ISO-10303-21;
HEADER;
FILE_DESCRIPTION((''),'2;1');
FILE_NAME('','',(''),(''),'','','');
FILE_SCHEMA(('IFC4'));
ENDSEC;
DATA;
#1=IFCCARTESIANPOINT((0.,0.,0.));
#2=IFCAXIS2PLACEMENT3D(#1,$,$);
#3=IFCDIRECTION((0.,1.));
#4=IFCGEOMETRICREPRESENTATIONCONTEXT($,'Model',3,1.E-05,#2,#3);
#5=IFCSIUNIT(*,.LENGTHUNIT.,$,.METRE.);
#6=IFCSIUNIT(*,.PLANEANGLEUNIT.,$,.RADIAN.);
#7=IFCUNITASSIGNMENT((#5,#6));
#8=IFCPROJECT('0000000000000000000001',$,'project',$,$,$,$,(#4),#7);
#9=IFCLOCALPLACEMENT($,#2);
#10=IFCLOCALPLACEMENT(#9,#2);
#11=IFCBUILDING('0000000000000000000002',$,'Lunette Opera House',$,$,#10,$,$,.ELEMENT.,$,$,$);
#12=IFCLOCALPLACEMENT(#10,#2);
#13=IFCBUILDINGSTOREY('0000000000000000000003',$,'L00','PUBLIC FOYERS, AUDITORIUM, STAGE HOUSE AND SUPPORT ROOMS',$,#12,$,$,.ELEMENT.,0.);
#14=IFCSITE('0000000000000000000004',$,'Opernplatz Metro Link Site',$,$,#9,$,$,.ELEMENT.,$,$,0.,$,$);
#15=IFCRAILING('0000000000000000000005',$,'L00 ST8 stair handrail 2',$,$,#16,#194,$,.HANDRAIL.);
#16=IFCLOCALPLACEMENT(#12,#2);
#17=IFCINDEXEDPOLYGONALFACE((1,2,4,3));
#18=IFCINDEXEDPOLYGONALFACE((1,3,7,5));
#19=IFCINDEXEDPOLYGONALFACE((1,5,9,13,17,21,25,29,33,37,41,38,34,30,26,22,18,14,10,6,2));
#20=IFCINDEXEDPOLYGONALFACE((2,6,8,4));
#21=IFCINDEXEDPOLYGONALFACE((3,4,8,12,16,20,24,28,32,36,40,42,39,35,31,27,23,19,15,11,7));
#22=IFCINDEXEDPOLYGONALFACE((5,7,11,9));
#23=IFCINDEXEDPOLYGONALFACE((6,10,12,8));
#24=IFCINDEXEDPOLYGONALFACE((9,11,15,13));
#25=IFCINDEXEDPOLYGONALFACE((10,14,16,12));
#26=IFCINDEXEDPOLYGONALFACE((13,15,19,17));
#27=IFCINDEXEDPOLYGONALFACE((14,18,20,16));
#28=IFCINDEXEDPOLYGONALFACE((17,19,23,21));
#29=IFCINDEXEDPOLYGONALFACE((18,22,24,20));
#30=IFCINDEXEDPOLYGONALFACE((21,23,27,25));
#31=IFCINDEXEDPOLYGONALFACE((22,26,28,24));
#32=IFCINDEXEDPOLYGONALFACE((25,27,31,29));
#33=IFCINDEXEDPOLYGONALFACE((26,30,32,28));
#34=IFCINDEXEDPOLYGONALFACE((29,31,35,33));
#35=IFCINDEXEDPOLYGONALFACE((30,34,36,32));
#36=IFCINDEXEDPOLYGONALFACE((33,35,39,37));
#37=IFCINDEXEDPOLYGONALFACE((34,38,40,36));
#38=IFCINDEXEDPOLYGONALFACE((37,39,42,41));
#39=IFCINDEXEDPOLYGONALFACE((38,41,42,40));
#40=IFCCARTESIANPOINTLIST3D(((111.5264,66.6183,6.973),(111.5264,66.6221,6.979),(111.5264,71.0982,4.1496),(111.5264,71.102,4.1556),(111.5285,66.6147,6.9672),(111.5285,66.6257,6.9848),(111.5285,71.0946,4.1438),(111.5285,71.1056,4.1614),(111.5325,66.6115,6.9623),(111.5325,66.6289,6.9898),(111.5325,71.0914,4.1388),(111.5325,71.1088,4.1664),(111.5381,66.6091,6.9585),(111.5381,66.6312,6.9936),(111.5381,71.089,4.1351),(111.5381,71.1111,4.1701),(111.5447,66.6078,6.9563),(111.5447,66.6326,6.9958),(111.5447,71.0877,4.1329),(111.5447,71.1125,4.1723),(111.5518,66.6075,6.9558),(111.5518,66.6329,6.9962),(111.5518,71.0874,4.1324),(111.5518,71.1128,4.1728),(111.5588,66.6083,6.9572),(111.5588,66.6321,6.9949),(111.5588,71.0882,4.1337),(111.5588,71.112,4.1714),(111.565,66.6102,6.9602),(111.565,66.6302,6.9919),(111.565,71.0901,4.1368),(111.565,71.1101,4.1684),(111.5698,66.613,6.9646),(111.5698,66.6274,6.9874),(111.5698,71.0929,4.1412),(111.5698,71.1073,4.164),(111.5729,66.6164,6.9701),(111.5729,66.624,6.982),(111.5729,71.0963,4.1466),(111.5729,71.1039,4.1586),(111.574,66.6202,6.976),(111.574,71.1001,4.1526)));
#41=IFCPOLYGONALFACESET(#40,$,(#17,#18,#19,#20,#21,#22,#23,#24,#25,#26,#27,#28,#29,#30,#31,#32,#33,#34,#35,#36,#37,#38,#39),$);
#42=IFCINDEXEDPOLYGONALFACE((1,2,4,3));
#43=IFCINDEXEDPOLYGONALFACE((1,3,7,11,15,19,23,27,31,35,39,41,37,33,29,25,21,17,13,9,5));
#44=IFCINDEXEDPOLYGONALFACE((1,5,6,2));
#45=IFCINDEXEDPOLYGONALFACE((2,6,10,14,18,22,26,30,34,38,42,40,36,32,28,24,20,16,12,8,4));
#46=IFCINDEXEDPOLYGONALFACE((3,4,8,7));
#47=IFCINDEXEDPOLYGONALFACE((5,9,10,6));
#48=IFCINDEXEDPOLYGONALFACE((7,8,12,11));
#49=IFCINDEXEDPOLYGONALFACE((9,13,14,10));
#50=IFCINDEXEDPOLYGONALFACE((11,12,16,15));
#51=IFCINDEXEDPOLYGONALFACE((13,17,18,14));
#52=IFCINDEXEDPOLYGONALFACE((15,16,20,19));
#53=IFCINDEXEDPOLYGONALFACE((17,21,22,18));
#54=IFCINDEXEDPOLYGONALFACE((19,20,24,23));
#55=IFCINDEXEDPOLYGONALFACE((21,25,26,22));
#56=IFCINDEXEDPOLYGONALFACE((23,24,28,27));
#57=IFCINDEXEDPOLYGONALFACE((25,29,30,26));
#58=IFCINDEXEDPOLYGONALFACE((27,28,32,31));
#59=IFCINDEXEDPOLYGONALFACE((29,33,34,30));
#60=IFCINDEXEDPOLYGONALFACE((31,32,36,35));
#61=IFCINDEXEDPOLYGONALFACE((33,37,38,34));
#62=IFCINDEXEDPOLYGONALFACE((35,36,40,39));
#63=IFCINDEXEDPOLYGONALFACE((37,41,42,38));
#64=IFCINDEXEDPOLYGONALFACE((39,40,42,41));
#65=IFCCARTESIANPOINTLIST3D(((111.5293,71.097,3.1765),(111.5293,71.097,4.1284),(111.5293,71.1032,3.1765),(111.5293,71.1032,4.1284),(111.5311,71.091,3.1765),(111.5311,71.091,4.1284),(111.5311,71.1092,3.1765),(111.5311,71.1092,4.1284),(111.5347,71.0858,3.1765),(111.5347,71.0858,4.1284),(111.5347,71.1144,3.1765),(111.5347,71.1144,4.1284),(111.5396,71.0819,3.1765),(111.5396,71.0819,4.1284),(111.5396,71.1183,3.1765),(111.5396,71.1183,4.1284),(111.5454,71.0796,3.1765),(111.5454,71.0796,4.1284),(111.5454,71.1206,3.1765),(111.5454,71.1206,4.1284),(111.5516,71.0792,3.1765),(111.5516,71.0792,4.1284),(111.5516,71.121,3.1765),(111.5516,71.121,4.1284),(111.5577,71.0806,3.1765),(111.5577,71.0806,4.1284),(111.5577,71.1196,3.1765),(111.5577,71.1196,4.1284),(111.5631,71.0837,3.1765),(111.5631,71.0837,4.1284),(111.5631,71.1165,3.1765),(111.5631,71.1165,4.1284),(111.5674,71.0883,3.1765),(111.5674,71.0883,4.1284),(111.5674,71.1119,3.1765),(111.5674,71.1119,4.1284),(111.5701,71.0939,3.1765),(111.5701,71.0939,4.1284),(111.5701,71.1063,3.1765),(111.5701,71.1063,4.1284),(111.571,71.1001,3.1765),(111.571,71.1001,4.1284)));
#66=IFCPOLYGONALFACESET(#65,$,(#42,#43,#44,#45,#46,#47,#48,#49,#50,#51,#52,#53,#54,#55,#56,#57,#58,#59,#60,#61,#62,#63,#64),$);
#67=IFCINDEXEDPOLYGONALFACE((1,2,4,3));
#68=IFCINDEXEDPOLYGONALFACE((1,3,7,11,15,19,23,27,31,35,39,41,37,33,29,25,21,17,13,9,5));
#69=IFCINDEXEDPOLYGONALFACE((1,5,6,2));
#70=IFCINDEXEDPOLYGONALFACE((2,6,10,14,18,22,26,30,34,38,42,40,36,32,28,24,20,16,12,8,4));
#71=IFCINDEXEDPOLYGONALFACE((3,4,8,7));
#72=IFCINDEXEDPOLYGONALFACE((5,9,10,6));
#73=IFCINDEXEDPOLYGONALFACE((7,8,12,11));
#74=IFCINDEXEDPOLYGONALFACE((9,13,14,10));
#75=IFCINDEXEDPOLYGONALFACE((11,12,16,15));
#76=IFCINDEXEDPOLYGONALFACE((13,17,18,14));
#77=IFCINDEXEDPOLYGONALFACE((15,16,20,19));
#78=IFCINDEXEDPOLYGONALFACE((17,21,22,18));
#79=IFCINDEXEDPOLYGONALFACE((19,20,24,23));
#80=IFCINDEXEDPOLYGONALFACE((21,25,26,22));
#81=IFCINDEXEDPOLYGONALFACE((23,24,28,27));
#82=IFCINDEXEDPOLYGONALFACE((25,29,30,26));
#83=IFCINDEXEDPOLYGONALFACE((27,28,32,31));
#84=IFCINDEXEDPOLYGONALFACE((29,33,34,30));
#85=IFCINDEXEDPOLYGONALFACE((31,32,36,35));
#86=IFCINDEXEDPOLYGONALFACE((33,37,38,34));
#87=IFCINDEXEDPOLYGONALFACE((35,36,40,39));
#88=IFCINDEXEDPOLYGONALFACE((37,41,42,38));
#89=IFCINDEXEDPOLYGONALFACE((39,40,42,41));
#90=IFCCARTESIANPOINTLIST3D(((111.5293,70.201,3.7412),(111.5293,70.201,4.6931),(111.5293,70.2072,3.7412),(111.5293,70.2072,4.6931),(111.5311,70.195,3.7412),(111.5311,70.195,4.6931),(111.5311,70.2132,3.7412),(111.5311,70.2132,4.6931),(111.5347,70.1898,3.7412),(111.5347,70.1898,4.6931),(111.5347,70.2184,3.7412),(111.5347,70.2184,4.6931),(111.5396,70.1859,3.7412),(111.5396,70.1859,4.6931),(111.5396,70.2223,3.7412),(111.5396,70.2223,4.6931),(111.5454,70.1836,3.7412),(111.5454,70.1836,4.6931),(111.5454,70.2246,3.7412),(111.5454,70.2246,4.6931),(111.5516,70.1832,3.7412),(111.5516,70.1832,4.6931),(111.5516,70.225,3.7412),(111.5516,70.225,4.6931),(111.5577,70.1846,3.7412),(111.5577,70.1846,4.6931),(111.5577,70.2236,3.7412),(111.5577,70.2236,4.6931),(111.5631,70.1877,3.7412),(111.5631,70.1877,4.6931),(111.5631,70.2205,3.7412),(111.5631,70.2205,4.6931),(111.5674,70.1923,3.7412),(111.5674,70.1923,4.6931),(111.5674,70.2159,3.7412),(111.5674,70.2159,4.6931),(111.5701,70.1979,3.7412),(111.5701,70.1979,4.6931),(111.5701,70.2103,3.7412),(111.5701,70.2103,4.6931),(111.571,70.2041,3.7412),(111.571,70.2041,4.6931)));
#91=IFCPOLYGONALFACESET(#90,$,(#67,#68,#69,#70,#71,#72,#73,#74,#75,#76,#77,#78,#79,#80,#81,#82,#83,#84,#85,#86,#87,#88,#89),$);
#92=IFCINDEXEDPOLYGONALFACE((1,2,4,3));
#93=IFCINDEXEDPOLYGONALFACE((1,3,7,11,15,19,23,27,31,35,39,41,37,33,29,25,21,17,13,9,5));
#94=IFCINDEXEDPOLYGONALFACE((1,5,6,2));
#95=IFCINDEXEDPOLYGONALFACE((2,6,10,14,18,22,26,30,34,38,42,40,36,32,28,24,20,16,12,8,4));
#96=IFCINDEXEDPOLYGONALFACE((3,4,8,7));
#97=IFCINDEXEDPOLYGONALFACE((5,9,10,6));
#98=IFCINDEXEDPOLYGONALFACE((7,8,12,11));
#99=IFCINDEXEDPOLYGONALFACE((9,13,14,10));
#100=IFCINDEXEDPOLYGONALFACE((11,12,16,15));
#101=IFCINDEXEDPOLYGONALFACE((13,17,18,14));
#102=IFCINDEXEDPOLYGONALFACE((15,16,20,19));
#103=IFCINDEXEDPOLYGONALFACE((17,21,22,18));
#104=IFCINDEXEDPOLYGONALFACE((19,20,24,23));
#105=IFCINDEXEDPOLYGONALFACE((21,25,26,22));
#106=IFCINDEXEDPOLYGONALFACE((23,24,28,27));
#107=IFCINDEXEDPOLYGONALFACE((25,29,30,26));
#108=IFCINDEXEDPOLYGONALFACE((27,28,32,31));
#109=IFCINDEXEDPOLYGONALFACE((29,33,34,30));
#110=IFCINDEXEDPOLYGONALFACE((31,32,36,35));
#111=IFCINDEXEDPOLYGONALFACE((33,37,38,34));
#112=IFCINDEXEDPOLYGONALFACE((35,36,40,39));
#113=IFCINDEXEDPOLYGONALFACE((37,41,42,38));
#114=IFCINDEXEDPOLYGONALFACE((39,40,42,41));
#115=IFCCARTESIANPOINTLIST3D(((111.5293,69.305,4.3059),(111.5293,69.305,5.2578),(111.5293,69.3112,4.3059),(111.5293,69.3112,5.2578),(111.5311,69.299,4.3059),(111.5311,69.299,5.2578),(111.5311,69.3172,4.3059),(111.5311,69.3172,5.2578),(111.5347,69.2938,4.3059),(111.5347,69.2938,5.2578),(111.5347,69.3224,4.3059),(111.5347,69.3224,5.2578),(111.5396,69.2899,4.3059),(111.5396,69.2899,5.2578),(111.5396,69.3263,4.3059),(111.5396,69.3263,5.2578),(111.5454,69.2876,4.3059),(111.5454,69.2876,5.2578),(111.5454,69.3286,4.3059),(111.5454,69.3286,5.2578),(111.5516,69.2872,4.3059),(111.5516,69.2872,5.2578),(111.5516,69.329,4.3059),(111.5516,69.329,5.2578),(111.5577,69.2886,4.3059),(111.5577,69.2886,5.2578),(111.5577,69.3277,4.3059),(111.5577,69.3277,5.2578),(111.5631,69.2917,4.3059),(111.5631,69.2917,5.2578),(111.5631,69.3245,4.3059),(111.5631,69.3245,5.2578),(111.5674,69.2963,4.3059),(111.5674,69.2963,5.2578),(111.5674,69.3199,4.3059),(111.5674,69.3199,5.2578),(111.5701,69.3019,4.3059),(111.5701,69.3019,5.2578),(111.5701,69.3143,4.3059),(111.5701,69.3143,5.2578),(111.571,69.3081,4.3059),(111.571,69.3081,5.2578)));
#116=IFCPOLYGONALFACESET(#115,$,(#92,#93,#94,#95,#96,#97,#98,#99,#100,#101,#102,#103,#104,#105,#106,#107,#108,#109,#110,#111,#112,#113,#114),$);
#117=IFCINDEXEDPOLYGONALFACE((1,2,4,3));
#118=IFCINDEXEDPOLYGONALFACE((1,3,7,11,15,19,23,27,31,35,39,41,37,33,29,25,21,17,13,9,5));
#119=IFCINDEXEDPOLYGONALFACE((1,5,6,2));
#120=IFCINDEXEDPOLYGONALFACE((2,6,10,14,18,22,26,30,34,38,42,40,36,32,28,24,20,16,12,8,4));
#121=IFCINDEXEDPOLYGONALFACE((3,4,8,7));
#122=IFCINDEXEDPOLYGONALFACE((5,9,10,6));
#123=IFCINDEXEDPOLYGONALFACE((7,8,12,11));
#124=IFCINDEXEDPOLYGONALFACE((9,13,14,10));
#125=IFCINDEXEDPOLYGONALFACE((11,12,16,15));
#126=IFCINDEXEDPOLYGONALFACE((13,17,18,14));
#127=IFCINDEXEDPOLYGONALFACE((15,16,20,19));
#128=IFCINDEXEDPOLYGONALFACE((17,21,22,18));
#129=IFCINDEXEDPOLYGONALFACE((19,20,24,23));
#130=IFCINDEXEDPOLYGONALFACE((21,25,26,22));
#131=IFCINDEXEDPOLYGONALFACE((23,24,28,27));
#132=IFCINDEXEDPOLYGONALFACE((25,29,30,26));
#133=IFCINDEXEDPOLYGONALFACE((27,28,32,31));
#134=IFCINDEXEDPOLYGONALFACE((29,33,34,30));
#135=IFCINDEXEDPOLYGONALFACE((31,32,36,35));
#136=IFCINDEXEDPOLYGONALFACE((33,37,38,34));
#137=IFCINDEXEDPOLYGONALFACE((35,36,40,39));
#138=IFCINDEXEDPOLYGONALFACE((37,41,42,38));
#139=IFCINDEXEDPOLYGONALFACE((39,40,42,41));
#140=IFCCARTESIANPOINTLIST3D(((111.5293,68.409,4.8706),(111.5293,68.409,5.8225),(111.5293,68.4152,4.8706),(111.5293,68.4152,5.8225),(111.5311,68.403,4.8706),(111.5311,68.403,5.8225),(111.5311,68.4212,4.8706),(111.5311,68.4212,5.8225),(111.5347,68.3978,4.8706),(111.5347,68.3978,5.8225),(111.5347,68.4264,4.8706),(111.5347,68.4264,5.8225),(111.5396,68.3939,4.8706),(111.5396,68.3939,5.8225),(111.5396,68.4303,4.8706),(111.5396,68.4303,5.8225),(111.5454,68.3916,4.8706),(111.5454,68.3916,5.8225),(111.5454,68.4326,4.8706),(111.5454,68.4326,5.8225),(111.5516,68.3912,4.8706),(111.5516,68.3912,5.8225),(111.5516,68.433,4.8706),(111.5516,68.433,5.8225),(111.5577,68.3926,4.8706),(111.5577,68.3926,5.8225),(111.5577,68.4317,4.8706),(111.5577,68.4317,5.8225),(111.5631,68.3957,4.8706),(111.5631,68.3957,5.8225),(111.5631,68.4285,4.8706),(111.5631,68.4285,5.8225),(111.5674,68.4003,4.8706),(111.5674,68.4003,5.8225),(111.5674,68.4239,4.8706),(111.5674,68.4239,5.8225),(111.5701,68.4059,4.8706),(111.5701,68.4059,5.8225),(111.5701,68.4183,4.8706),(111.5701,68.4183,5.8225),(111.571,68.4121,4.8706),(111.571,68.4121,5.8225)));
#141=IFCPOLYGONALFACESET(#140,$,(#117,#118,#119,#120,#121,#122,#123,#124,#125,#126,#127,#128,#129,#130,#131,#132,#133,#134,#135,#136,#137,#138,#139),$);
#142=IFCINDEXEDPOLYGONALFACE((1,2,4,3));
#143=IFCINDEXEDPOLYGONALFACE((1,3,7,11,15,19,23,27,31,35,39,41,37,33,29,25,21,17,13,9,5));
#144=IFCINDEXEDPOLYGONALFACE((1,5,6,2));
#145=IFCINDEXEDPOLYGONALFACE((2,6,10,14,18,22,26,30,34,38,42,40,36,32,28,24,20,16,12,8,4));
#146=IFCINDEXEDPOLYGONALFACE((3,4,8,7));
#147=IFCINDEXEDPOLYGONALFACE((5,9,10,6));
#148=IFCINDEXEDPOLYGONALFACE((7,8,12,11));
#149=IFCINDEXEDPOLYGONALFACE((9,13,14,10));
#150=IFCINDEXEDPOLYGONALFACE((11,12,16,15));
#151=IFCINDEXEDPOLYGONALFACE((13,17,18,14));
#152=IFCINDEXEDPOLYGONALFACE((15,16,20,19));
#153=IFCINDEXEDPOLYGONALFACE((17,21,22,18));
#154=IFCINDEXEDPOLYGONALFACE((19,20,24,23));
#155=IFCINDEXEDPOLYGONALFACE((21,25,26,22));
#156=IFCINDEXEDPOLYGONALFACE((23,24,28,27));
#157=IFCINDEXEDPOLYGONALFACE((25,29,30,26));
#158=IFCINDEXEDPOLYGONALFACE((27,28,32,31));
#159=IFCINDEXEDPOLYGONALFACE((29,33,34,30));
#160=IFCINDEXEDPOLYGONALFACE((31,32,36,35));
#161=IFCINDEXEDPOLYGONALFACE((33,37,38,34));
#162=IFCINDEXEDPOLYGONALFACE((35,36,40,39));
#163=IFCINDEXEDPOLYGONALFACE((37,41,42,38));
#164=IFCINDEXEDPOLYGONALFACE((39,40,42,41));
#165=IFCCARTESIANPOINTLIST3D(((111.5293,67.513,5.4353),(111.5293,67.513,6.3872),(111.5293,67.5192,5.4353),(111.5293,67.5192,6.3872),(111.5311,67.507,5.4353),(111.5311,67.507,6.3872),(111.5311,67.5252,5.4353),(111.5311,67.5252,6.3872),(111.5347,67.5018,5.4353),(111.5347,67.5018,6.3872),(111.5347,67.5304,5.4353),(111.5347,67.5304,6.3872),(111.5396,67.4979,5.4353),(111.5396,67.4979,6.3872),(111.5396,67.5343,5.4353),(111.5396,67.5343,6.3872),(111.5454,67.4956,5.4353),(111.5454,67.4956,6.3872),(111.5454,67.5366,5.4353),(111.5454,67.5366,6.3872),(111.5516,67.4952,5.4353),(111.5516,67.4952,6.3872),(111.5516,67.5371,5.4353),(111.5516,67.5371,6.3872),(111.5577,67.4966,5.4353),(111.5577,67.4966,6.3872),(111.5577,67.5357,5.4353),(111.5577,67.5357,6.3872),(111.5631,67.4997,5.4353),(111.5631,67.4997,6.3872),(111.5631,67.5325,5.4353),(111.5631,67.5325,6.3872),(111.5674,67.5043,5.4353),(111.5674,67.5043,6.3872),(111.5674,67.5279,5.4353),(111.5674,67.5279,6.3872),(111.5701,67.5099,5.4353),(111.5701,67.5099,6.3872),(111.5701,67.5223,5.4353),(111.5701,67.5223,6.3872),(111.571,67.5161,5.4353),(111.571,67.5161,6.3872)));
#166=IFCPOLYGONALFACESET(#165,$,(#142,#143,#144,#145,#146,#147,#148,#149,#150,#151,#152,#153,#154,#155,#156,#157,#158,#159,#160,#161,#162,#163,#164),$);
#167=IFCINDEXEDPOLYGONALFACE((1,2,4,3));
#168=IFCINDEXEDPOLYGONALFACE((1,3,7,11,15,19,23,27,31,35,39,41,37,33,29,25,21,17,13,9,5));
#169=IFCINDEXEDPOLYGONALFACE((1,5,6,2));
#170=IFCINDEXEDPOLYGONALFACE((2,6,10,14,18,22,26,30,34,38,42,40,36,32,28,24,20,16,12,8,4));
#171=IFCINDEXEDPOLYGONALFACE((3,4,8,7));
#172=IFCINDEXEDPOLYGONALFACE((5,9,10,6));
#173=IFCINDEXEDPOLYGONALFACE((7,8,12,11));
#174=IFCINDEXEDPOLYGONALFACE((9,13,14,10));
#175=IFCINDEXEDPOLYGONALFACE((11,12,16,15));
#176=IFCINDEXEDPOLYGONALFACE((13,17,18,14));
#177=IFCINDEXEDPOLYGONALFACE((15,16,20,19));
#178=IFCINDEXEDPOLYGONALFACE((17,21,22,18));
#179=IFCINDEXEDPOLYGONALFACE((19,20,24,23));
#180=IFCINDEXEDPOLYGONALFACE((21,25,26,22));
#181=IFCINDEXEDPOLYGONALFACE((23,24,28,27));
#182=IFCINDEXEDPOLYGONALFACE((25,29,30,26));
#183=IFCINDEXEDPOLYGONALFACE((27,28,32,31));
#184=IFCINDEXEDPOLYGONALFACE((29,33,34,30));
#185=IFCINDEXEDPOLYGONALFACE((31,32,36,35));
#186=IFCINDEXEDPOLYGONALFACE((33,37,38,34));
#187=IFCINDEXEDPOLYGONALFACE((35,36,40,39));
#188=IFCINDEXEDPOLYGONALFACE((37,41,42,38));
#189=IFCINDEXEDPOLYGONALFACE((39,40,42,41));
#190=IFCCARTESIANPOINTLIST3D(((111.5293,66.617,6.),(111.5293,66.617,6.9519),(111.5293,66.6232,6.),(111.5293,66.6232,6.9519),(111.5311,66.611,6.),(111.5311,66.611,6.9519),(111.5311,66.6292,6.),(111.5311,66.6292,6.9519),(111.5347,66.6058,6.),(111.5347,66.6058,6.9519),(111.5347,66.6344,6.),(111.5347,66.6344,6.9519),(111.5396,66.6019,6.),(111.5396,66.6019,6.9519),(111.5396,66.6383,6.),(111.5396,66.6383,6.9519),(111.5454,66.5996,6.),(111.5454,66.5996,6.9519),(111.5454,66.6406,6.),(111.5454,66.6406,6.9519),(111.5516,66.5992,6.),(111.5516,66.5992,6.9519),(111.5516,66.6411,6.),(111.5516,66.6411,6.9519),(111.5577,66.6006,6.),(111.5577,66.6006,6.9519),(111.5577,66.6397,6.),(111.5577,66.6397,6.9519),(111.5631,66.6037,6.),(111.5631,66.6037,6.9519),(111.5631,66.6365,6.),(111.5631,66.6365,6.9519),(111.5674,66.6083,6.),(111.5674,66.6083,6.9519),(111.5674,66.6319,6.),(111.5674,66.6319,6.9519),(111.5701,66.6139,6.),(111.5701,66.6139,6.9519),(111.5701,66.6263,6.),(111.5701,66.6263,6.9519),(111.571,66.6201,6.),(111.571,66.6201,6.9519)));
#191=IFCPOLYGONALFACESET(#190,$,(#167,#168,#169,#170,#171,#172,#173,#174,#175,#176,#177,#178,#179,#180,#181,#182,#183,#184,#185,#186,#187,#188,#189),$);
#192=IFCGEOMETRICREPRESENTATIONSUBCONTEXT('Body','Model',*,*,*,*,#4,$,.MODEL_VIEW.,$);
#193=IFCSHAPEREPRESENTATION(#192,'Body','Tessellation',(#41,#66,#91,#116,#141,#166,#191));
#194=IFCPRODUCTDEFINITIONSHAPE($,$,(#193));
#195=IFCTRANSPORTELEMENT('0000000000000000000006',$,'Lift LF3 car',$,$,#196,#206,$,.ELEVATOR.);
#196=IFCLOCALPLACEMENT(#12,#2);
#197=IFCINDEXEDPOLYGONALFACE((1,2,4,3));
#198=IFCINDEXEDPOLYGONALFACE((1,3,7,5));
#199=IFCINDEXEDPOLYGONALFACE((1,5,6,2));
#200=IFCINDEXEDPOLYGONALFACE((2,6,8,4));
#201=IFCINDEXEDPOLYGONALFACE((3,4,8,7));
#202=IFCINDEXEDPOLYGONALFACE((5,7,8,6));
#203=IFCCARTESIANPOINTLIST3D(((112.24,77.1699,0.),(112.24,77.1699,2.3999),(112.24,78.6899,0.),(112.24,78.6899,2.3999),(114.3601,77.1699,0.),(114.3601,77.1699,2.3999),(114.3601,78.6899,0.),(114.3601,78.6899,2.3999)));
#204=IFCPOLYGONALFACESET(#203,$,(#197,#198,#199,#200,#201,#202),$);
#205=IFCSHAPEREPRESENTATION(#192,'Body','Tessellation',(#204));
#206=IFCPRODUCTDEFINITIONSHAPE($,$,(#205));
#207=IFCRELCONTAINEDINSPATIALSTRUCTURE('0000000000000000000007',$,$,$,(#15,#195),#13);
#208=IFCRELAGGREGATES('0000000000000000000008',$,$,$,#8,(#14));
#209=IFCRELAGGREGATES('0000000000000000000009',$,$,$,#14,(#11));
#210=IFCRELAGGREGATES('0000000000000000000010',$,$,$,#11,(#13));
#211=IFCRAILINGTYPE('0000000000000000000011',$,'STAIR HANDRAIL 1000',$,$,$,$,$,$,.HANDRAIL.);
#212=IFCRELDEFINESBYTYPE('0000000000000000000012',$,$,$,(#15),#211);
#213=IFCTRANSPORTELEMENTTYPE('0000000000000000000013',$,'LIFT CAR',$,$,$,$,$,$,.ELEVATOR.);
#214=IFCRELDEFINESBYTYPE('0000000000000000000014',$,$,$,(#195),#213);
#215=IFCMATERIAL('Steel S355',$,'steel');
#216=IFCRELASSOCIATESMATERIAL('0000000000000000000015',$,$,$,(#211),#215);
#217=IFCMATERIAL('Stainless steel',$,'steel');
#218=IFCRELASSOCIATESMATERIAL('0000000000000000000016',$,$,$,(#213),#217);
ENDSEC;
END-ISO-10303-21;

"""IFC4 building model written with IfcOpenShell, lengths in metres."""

from ifc_helpers import new_model, si_unit, direction, frame, origin, origin_2d, place, context, subcontext, project, spatial, rectangle, circle, extrude, material, type_object, element, save


model = new_model("IFC4")

# Units and contexts
model_context = context("Model", 3, precision=1e-05, world=origin(), true_north=direction((0.0, 1.0)))
body_context = subcontext(model_context, "Body", "Model", "MODEL_VIEW")
ifc_project = project(units=[si_unit("LENGTHUNIT", "METRE"), si_unit("PLANEANGLEUNIT", "RADIAN")], contexts=[model_context])

# Site, building, storey
site_placement = place(None, origin())
site = spatial("IfcSite", under=ifc_project, at=site_placement, Name="Opernplatz Metro Link Site", CompositionType="ELEMENT", RefElevation=0.0)
building_placement = place(site_placement, origin())
building = spatial("IfcBuilding", under=site, at=building_placement, Name="Lunette Opera House", CompositionType="ELEMENT")
storey_placement = place(building_placement, origin())
storey = spatial("IfcBuildingStorey", under=building, at=storey_placement, Name="L00", Description="PUBLIC FOYERS, AUDITORIUM, STAGE HOUSE AND SUPPORT ROOMS", CompositionType="ELEMENT", Elevation=0.0)

# Railing
ifc_material_1 = material(Name="Steel S355", Category="steel")
railing_type_1 = type_object("IfcRailingType", Name="STAIR HANDRAIL 1000", PredefinedType="HANDRAIL", material=ifc_material_1)
railing_1_placement = place(storey_placement, frame((111.55, 71.1001, 3.1765)))
element("IfcRailing", 1, at=railing_1_placement, inside=storey, type_object=railing_type_1, Name="L00 ST8 stair handrail 2", PredefinedType="HANDRAIL", context=body_context, shape_type="SweptSolid", body=[
    extrude(circle(Radius=0.0239, at=origin_2d()), frame((0.0, 0.0, 0.9761), z_axis=(0.0, -0.845998, 0.533186), x_axis=(1.0, 0.0, 0.0)), (0.0, 0.0, 1.0), 5.2954),
    extrude(circle(Radius=0.021, at=origin_2d()), origin(), (0.0, 0.0, 1.0), 0.9519),
    extrude(circle(Radius=0.021, at=origin_2d()), frame((0.0, -0.896, 0.5647)), (0.0, 0.0, 1.0), 0.9519),
    extrude(circle(Radius=0.021, at=origin_2d()), frame((0.0, -1.792, 1.1294)), (0.0, 0.0, 1.0), 0.9519),
    extrude(circle(Radius=0.021, at=origin_2d()), frame((0.0, -2.688, 1.6941)), (0.0, 0.0, 1.0), 0.9519),
    extrude(circle(Radius=0.021, at=origin_2d()), frame((0.0, -3.584, 2.2588)), (0.0, 0.0, 1.0), 0.9519),
    extrude(circle(Radius=0.021, at=origin_2d()), frame((0.0, -4.48, 2.8235)), (0.0, 0.0, 1.0), 0.9519),
])

# Transport element
ifc_material_2 = material(Name="Stainless steel", Category="steel")
transport_element_type = type_object("IfcTransportElementType", Name="LIFT CAR", PredefinedType="ELEVATOR", material=ifc_material_2)
transport_element_placement = place(storey_placement, frame((113.3, 77.9299, 0.0), z_axis=(0.0, 0.0, 1.0), x_axis=(-1.0, 0.0, 0.0)))
element("IfcTransportElement", 2, at=transport_element_placement, inside=storey, type_object=transport_element_type, Name="Lift LF3 car", PredefinedType="ELEVATOR", context=body_context, shape_type="SweptSolid", body=[
    extrude(rectangle(XDim=2.1201, YDim=1.52, at=origin_2d()), origin(), (0.0, 0.0, 1.0), 2.3999),
])

save(model, "model.ifc")
